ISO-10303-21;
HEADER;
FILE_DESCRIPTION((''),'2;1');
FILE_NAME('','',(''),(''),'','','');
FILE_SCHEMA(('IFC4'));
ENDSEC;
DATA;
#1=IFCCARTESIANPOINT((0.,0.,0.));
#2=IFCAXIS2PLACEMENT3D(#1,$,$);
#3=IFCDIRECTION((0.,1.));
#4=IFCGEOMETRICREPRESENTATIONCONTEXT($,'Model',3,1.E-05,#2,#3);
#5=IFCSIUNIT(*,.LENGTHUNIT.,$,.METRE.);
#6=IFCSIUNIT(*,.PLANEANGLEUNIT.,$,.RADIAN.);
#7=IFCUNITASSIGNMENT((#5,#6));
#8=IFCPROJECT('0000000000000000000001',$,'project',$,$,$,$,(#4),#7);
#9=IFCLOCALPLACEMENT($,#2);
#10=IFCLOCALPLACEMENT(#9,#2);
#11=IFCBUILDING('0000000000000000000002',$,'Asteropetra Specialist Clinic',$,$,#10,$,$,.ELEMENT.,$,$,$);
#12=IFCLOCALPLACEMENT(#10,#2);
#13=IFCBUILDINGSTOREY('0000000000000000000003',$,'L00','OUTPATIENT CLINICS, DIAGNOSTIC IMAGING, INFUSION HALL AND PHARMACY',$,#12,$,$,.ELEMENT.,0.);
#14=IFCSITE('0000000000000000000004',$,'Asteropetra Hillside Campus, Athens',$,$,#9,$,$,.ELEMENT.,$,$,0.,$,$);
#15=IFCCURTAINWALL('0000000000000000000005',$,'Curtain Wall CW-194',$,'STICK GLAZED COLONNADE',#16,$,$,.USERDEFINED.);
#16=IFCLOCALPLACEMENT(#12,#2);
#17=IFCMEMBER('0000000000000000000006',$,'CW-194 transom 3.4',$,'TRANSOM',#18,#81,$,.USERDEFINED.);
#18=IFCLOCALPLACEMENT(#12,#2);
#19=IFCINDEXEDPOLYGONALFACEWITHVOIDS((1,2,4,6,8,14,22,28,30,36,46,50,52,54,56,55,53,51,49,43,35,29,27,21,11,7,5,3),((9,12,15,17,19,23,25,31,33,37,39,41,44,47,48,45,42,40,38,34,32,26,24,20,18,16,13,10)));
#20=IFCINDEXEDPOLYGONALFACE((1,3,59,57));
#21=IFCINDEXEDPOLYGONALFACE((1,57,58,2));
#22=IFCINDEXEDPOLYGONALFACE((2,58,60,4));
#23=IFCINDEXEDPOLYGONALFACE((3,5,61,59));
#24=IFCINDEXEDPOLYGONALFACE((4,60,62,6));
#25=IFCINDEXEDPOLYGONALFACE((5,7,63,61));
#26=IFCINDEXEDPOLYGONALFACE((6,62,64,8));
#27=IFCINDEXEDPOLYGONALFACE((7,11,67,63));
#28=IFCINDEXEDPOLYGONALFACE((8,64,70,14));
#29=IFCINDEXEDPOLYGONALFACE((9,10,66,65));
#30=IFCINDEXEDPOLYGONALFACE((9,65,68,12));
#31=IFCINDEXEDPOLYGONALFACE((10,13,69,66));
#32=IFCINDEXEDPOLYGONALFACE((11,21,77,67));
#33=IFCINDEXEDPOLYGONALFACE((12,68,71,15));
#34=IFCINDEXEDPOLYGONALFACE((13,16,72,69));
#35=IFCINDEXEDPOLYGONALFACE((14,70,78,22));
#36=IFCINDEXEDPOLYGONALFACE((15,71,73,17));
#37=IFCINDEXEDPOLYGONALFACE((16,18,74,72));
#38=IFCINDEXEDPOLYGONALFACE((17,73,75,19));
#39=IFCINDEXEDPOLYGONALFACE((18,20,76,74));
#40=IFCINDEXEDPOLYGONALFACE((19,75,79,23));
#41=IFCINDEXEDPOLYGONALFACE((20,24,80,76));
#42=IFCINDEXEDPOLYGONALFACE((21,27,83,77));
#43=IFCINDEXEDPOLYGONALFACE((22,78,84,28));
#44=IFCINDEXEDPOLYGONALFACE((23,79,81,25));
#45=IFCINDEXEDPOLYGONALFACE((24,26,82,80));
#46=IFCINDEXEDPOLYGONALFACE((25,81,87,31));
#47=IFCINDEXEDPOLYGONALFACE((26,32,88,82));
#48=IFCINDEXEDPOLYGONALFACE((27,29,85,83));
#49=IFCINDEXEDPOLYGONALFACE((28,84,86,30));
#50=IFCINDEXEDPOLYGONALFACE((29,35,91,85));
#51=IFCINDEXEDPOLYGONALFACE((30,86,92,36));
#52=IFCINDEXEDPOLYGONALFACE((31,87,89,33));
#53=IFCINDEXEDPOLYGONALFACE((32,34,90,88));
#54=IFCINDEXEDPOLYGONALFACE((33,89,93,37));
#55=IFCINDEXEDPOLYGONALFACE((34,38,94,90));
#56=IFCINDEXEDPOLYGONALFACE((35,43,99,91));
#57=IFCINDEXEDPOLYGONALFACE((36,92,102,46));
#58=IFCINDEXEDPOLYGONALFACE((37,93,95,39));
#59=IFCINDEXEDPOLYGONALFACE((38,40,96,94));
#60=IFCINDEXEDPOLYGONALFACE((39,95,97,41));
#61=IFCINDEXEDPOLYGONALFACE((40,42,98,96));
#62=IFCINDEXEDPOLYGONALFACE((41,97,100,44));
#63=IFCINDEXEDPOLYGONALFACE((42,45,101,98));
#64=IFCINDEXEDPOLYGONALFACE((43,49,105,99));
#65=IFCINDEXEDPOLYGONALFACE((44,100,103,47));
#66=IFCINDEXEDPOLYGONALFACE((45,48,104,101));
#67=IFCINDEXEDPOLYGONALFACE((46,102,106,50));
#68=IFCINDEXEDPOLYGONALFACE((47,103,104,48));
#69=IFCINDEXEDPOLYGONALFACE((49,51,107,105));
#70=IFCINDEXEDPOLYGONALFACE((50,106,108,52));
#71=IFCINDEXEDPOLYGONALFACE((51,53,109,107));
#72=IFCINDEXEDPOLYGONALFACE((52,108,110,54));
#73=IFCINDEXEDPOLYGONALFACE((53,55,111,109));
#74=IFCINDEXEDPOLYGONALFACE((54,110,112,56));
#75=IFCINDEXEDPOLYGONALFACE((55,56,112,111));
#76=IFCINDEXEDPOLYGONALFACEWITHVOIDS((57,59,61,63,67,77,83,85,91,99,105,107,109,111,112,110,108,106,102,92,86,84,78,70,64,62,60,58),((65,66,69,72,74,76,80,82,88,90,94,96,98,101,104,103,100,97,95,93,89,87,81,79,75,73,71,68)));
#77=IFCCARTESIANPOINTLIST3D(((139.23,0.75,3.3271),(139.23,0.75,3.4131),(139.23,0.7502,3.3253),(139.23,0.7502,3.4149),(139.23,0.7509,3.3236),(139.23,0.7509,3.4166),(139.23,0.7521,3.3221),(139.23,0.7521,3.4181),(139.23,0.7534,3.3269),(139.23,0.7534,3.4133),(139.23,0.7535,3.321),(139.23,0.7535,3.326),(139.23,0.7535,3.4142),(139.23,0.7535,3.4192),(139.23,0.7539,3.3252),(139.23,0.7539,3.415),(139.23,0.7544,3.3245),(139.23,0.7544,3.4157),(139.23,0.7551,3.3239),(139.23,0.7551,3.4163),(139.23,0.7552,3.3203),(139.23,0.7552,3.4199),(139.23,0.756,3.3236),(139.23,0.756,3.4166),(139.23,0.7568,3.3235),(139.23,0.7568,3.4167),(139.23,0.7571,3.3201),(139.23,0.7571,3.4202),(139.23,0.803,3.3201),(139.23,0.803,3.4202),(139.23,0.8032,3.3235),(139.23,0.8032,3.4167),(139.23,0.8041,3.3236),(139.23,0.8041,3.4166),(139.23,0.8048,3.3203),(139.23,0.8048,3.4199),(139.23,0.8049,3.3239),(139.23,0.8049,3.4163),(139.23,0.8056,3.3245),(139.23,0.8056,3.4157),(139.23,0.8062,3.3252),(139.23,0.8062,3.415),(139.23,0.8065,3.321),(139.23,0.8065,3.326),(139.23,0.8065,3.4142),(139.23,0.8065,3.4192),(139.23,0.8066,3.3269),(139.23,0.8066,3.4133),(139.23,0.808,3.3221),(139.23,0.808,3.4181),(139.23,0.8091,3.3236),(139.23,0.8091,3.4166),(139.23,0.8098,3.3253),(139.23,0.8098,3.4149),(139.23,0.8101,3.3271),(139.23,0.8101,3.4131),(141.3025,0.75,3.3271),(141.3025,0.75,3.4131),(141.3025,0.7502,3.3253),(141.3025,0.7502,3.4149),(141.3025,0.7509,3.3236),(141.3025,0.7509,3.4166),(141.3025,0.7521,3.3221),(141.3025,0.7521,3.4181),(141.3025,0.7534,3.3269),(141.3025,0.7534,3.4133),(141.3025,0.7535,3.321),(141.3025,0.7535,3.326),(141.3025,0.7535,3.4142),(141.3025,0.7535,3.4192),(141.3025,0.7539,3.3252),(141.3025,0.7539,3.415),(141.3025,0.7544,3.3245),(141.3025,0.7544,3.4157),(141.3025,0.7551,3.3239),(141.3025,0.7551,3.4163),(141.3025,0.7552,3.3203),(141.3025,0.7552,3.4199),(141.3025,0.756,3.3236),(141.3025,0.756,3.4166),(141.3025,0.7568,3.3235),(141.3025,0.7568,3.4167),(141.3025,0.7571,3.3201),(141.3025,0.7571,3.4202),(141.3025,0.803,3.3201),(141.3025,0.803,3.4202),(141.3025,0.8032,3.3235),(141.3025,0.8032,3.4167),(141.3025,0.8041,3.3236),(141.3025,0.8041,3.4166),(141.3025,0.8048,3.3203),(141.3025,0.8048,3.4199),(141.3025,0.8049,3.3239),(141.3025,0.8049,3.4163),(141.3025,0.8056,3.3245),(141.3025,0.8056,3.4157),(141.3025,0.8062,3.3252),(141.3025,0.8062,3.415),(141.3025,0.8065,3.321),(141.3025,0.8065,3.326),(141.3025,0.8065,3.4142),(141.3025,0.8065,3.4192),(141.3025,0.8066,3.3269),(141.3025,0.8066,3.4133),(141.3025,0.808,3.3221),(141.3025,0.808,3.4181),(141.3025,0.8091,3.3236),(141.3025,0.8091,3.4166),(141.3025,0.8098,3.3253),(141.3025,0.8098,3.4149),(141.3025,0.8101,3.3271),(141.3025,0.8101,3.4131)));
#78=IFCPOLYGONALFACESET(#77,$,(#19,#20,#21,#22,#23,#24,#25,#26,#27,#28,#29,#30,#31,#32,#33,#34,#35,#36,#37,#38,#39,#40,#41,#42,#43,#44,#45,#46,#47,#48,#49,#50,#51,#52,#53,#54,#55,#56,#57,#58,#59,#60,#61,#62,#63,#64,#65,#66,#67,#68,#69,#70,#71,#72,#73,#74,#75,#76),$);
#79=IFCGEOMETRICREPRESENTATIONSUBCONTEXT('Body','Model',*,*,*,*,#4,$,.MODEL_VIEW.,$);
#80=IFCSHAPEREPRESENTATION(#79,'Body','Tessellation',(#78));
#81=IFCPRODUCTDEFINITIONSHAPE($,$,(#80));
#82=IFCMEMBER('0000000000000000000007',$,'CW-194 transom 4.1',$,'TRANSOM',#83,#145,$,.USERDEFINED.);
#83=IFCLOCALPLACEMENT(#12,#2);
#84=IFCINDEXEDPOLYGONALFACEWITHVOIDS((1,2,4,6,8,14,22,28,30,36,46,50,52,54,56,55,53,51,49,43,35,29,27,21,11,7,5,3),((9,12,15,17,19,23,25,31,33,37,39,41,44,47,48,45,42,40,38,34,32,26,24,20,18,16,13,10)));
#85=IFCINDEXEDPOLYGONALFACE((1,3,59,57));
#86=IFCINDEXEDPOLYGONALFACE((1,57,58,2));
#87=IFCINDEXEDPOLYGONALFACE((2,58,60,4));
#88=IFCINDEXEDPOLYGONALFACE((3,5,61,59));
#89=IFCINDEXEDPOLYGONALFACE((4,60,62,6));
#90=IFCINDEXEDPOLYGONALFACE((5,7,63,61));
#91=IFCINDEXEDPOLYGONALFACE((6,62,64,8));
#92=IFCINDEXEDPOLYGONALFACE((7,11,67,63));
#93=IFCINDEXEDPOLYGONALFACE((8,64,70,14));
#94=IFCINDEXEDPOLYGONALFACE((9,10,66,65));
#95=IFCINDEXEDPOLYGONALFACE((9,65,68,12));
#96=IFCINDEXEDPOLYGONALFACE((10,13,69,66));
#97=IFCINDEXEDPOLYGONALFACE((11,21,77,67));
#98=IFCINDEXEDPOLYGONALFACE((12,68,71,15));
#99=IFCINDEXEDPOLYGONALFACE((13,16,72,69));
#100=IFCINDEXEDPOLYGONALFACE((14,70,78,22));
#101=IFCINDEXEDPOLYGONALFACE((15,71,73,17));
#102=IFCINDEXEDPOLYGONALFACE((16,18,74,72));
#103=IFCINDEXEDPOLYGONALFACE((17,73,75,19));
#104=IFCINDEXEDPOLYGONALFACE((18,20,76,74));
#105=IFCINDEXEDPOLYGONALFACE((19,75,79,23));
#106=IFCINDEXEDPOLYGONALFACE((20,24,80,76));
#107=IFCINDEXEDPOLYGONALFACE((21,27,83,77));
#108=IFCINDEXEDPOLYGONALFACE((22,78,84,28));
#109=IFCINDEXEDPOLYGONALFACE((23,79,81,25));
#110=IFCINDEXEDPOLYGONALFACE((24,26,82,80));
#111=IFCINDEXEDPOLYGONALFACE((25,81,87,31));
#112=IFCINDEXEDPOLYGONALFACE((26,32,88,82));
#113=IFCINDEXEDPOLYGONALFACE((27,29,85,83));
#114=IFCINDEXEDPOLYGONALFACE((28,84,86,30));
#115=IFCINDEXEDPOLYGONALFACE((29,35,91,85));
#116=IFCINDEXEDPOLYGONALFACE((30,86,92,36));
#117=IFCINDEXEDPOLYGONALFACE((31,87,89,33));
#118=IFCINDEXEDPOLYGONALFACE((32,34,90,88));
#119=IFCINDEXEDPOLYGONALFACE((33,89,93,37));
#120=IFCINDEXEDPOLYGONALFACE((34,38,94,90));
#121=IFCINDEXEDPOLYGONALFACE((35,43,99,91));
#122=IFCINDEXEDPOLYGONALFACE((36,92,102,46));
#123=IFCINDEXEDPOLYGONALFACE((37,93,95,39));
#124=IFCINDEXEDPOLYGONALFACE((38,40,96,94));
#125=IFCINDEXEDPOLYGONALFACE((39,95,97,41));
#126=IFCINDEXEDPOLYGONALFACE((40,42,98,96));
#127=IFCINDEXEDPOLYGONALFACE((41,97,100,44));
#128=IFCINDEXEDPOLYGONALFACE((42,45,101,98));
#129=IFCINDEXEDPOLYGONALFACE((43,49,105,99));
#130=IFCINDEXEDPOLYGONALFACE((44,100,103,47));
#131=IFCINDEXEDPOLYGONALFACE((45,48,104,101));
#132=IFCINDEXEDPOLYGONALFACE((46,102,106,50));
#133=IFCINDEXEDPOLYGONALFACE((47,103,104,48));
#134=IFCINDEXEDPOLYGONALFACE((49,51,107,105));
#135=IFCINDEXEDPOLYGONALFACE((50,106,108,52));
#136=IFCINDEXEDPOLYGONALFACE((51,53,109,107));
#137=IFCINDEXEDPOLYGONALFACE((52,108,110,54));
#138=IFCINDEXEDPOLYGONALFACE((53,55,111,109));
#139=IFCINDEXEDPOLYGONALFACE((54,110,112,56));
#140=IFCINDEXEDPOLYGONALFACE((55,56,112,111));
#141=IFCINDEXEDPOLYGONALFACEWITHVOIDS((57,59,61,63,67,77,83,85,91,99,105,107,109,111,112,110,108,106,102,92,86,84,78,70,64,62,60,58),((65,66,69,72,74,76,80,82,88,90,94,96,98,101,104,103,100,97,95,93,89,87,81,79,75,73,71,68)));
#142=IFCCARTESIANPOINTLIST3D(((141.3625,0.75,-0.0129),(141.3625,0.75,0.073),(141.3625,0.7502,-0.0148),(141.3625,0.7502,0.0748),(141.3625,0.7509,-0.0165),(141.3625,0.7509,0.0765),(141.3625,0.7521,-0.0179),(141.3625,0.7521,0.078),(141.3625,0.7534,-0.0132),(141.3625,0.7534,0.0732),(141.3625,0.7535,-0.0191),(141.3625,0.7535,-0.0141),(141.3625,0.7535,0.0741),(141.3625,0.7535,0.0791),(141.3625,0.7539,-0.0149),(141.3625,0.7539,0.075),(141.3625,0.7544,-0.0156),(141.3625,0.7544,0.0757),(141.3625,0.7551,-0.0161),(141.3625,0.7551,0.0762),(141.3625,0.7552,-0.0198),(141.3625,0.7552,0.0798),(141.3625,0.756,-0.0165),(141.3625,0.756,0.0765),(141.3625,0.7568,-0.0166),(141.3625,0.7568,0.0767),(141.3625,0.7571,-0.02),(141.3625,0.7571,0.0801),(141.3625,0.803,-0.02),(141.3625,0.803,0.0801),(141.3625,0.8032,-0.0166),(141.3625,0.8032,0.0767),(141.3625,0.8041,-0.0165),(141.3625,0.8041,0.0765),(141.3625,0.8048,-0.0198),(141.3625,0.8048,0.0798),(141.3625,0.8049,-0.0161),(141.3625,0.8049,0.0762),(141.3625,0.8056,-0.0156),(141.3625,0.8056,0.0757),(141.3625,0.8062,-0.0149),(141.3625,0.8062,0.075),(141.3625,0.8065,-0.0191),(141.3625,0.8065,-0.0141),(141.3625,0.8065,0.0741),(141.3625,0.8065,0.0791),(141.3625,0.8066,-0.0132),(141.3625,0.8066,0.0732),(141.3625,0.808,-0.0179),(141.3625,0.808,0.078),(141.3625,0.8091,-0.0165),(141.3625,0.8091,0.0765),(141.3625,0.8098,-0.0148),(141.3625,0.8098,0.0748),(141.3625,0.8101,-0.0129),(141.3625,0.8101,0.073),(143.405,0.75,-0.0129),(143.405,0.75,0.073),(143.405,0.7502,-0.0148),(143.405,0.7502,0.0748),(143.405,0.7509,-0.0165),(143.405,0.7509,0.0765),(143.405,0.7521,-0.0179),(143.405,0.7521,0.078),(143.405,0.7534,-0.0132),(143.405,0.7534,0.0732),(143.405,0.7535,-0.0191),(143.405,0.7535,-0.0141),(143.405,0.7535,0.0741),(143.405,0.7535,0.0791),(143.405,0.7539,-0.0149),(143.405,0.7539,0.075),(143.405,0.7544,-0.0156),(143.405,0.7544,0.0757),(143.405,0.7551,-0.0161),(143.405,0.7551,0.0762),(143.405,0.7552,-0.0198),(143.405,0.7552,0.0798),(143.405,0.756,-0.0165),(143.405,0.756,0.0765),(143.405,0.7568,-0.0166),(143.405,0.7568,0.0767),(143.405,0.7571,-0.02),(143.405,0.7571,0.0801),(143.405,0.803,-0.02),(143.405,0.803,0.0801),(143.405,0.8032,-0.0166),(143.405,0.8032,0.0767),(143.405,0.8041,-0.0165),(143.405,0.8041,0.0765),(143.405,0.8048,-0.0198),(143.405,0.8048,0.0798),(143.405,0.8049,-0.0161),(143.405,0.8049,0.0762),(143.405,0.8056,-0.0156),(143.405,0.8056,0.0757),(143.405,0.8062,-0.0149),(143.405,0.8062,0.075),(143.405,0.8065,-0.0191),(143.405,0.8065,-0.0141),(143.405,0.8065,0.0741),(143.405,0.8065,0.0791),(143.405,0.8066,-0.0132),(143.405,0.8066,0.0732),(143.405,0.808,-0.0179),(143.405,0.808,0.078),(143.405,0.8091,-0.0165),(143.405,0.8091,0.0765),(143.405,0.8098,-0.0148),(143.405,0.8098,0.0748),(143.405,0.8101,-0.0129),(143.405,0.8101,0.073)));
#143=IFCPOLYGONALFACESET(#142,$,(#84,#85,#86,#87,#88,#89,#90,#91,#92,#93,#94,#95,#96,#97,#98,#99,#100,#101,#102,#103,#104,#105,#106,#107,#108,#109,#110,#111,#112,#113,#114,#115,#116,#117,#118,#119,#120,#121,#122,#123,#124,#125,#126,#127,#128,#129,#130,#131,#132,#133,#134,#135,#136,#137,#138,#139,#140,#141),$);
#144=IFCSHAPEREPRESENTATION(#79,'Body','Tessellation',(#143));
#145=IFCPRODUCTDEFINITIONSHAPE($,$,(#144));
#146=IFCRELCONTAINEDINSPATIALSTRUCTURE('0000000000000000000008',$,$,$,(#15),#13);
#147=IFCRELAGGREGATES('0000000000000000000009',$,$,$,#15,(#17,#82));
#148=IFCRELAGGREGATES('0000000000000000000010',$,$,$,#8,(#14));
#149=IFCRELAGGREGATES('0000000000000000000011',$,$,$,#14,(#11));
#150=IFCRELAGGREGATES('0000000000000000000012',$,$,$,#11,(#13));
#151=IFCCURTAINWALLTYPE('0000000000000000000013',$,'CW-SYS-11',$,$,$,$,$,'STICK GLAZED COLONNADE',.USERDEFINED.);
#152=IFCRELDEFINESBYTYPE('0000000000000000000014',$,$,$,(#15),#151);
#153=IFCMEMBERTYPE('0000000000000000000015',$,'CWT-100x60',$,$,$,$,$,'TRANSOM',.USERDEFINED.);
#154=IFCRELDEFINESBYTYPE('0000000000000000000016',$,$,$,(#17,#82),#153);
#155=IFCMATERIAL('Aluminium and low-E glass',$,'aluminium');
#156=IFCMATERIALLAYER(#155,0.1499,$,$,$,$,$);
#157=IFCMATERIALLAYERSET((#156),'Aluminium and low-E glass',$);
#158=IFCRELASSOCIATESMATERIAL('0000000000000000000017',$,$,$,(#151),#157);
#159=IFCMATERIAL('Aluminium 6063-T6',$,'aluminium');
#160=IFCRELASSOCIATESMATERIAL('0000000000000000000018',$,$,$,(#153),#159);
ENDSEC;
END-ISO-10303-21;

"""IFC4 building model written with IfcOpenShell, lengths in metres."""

from ifc_helpers import new_model, si_unit, direction, frame, origin, origin_2d, place, context, subcontext, project, spatial, hollow_rectangle, extrude, material, layer, layer_set, material_profile, profile_set, type_object, element, aggregate, save


model = new_model("IFC4")

# Units and contexts
model_context = context("Model", 3, precision=1e-05, world=origin(), true_north=direction((0.0, 1.0)))
body_context = subcontext(model_context, "Body", "Model", "MODEL_VIEW")
ifc_project = project(units=[si_unit("LENGTHUNIT", "METRE"), si_unit("PLANEANGLEUNIT", "RADIAN")], contexts=[model_context])

# Site, building, storey
site_placement = place(None, origin())
site = spatial("IfcSite", under=ifc_project, at=site_placement, Name="Asteropetra Hillside Campus, Athens", CompositionType="ELEMENT", RefElevation=0.0)
building_placement = place(site_placement, origin())
building = spatial("IfcBuilding", under=site, at=building_placement, Name="Asteropetra Specialist Clinic", CompositionType="ELEMENT")
storey_placement = place(building_placement, origin())
storey = spatial("IfcBuildingStorey", under=building, at=storey_placement, Name="L00", Description="OUTPATIENT CLINICS, DIAGNOSTIC IMAGING, INFUSION HALL AND PHARMACY", CompositionType="ELEMENT", Elevation=0.0)

# Curtain wall, members
ifc_material_1 = material(Name="Aluminium and low-E glass", Category="aluminium")
ifc_layer_1 = layer(ifc_material_1, 0.1499)
ifc_layer_set_1 = layer_set([ifc_layer_1], Name="Aluminium and low-E glass")
curtain_wall_type = type_object("IfcCurtainWallType", Name="CW-SYS-11", ElementType="STICK GLAZED COLONNADE", PredefinedType="USERDEFINED", material=ifc_layer_set_1)
curtain_wall_placement = place(storey_placement, origin())
curtain_wall = element("IfcCurtainWall", 1, at=curtain_wall_placement, inside=storey, type_object=curtain_wall_type, Name="Curtain Wall CW-194", ObjectType="STICK GLAZED COLONNADE", PredefinedType="USERDEFINED")
ifc_material_2 = material(Name="Aluminium 6063-T6", Category="aluminium")
ifc_material_profile_1 = material_profile(ifc_material_2, hollow_rectangle(XDim=0.0601, YDim=0.1001, WallThickness=0.0034, InnerFilletRadius=0.0034, OuterFilletRadius=0.0071, at=origin_2d()), Name="TRN 100x60x3.5")
ifc_profile_set_1 = profile_set([ifc_material_profile_1], Name="Aluminium 6063-T6")
member_type_1 = type_object("IfcMemberType", Name="CWT-100x60", ElementType="TRANSOM", PredefinedType="USERDEFINED", material=ifc_profile_set_1)
member_1_placement = place(storey_placement, frame((139.23, 0.78, 3.3701), z_axis=(1.0, 0.0, 0.0), x_axis=(0.0, 1.0, 0.0)))
member_1 = element("IfcMember", 2, at=member_1_placement, type_object=member_type_1, Name="CW-194 transom 3.4", ObjectType="TRANSOM", PredefinedType="USERDEFINED", context=body_context, shape_type="SweptSolid", body=[
    extrude(hollow_rectangle(XDim=0.0601, YDim=0.1001, WallThickness=0.0034, InnerFilletRadius=0.0034, OuterFilletRadius=0.0071, at=origin_2d()), origin(), (0.0, 0.0, 1.0), 2.0725),
])
member_2_placement = place(storey_placement, frame((141.3625, 0.78, 0.03), z_axis=(1.0, 0.0, 0.0), x_axis=(0.0, 1.0, 0.0)))
member_2 = element("IfcMember", 3, at=member_2_placement, type_object=member_type_1, Name="CW-194 transom 4.1", ObjectType="TRANSOM", PredefinedType="USERDEFINED", context=body_context, shape_type="SweptSolid", body=[
    extrude(hollow_rectangle(XDim=0.0601, YDim=0.1001, WallThickness=0.0034, InnerFilletRadius=0.0034, OuterFilletRadius=0.0071, at=origin_2d()), origin(), (0.0, 0.0, 1.0), 2.0425),
])
aggregate(curtain_wall, [member_1, member_2])

save(model, "model.ifc")
